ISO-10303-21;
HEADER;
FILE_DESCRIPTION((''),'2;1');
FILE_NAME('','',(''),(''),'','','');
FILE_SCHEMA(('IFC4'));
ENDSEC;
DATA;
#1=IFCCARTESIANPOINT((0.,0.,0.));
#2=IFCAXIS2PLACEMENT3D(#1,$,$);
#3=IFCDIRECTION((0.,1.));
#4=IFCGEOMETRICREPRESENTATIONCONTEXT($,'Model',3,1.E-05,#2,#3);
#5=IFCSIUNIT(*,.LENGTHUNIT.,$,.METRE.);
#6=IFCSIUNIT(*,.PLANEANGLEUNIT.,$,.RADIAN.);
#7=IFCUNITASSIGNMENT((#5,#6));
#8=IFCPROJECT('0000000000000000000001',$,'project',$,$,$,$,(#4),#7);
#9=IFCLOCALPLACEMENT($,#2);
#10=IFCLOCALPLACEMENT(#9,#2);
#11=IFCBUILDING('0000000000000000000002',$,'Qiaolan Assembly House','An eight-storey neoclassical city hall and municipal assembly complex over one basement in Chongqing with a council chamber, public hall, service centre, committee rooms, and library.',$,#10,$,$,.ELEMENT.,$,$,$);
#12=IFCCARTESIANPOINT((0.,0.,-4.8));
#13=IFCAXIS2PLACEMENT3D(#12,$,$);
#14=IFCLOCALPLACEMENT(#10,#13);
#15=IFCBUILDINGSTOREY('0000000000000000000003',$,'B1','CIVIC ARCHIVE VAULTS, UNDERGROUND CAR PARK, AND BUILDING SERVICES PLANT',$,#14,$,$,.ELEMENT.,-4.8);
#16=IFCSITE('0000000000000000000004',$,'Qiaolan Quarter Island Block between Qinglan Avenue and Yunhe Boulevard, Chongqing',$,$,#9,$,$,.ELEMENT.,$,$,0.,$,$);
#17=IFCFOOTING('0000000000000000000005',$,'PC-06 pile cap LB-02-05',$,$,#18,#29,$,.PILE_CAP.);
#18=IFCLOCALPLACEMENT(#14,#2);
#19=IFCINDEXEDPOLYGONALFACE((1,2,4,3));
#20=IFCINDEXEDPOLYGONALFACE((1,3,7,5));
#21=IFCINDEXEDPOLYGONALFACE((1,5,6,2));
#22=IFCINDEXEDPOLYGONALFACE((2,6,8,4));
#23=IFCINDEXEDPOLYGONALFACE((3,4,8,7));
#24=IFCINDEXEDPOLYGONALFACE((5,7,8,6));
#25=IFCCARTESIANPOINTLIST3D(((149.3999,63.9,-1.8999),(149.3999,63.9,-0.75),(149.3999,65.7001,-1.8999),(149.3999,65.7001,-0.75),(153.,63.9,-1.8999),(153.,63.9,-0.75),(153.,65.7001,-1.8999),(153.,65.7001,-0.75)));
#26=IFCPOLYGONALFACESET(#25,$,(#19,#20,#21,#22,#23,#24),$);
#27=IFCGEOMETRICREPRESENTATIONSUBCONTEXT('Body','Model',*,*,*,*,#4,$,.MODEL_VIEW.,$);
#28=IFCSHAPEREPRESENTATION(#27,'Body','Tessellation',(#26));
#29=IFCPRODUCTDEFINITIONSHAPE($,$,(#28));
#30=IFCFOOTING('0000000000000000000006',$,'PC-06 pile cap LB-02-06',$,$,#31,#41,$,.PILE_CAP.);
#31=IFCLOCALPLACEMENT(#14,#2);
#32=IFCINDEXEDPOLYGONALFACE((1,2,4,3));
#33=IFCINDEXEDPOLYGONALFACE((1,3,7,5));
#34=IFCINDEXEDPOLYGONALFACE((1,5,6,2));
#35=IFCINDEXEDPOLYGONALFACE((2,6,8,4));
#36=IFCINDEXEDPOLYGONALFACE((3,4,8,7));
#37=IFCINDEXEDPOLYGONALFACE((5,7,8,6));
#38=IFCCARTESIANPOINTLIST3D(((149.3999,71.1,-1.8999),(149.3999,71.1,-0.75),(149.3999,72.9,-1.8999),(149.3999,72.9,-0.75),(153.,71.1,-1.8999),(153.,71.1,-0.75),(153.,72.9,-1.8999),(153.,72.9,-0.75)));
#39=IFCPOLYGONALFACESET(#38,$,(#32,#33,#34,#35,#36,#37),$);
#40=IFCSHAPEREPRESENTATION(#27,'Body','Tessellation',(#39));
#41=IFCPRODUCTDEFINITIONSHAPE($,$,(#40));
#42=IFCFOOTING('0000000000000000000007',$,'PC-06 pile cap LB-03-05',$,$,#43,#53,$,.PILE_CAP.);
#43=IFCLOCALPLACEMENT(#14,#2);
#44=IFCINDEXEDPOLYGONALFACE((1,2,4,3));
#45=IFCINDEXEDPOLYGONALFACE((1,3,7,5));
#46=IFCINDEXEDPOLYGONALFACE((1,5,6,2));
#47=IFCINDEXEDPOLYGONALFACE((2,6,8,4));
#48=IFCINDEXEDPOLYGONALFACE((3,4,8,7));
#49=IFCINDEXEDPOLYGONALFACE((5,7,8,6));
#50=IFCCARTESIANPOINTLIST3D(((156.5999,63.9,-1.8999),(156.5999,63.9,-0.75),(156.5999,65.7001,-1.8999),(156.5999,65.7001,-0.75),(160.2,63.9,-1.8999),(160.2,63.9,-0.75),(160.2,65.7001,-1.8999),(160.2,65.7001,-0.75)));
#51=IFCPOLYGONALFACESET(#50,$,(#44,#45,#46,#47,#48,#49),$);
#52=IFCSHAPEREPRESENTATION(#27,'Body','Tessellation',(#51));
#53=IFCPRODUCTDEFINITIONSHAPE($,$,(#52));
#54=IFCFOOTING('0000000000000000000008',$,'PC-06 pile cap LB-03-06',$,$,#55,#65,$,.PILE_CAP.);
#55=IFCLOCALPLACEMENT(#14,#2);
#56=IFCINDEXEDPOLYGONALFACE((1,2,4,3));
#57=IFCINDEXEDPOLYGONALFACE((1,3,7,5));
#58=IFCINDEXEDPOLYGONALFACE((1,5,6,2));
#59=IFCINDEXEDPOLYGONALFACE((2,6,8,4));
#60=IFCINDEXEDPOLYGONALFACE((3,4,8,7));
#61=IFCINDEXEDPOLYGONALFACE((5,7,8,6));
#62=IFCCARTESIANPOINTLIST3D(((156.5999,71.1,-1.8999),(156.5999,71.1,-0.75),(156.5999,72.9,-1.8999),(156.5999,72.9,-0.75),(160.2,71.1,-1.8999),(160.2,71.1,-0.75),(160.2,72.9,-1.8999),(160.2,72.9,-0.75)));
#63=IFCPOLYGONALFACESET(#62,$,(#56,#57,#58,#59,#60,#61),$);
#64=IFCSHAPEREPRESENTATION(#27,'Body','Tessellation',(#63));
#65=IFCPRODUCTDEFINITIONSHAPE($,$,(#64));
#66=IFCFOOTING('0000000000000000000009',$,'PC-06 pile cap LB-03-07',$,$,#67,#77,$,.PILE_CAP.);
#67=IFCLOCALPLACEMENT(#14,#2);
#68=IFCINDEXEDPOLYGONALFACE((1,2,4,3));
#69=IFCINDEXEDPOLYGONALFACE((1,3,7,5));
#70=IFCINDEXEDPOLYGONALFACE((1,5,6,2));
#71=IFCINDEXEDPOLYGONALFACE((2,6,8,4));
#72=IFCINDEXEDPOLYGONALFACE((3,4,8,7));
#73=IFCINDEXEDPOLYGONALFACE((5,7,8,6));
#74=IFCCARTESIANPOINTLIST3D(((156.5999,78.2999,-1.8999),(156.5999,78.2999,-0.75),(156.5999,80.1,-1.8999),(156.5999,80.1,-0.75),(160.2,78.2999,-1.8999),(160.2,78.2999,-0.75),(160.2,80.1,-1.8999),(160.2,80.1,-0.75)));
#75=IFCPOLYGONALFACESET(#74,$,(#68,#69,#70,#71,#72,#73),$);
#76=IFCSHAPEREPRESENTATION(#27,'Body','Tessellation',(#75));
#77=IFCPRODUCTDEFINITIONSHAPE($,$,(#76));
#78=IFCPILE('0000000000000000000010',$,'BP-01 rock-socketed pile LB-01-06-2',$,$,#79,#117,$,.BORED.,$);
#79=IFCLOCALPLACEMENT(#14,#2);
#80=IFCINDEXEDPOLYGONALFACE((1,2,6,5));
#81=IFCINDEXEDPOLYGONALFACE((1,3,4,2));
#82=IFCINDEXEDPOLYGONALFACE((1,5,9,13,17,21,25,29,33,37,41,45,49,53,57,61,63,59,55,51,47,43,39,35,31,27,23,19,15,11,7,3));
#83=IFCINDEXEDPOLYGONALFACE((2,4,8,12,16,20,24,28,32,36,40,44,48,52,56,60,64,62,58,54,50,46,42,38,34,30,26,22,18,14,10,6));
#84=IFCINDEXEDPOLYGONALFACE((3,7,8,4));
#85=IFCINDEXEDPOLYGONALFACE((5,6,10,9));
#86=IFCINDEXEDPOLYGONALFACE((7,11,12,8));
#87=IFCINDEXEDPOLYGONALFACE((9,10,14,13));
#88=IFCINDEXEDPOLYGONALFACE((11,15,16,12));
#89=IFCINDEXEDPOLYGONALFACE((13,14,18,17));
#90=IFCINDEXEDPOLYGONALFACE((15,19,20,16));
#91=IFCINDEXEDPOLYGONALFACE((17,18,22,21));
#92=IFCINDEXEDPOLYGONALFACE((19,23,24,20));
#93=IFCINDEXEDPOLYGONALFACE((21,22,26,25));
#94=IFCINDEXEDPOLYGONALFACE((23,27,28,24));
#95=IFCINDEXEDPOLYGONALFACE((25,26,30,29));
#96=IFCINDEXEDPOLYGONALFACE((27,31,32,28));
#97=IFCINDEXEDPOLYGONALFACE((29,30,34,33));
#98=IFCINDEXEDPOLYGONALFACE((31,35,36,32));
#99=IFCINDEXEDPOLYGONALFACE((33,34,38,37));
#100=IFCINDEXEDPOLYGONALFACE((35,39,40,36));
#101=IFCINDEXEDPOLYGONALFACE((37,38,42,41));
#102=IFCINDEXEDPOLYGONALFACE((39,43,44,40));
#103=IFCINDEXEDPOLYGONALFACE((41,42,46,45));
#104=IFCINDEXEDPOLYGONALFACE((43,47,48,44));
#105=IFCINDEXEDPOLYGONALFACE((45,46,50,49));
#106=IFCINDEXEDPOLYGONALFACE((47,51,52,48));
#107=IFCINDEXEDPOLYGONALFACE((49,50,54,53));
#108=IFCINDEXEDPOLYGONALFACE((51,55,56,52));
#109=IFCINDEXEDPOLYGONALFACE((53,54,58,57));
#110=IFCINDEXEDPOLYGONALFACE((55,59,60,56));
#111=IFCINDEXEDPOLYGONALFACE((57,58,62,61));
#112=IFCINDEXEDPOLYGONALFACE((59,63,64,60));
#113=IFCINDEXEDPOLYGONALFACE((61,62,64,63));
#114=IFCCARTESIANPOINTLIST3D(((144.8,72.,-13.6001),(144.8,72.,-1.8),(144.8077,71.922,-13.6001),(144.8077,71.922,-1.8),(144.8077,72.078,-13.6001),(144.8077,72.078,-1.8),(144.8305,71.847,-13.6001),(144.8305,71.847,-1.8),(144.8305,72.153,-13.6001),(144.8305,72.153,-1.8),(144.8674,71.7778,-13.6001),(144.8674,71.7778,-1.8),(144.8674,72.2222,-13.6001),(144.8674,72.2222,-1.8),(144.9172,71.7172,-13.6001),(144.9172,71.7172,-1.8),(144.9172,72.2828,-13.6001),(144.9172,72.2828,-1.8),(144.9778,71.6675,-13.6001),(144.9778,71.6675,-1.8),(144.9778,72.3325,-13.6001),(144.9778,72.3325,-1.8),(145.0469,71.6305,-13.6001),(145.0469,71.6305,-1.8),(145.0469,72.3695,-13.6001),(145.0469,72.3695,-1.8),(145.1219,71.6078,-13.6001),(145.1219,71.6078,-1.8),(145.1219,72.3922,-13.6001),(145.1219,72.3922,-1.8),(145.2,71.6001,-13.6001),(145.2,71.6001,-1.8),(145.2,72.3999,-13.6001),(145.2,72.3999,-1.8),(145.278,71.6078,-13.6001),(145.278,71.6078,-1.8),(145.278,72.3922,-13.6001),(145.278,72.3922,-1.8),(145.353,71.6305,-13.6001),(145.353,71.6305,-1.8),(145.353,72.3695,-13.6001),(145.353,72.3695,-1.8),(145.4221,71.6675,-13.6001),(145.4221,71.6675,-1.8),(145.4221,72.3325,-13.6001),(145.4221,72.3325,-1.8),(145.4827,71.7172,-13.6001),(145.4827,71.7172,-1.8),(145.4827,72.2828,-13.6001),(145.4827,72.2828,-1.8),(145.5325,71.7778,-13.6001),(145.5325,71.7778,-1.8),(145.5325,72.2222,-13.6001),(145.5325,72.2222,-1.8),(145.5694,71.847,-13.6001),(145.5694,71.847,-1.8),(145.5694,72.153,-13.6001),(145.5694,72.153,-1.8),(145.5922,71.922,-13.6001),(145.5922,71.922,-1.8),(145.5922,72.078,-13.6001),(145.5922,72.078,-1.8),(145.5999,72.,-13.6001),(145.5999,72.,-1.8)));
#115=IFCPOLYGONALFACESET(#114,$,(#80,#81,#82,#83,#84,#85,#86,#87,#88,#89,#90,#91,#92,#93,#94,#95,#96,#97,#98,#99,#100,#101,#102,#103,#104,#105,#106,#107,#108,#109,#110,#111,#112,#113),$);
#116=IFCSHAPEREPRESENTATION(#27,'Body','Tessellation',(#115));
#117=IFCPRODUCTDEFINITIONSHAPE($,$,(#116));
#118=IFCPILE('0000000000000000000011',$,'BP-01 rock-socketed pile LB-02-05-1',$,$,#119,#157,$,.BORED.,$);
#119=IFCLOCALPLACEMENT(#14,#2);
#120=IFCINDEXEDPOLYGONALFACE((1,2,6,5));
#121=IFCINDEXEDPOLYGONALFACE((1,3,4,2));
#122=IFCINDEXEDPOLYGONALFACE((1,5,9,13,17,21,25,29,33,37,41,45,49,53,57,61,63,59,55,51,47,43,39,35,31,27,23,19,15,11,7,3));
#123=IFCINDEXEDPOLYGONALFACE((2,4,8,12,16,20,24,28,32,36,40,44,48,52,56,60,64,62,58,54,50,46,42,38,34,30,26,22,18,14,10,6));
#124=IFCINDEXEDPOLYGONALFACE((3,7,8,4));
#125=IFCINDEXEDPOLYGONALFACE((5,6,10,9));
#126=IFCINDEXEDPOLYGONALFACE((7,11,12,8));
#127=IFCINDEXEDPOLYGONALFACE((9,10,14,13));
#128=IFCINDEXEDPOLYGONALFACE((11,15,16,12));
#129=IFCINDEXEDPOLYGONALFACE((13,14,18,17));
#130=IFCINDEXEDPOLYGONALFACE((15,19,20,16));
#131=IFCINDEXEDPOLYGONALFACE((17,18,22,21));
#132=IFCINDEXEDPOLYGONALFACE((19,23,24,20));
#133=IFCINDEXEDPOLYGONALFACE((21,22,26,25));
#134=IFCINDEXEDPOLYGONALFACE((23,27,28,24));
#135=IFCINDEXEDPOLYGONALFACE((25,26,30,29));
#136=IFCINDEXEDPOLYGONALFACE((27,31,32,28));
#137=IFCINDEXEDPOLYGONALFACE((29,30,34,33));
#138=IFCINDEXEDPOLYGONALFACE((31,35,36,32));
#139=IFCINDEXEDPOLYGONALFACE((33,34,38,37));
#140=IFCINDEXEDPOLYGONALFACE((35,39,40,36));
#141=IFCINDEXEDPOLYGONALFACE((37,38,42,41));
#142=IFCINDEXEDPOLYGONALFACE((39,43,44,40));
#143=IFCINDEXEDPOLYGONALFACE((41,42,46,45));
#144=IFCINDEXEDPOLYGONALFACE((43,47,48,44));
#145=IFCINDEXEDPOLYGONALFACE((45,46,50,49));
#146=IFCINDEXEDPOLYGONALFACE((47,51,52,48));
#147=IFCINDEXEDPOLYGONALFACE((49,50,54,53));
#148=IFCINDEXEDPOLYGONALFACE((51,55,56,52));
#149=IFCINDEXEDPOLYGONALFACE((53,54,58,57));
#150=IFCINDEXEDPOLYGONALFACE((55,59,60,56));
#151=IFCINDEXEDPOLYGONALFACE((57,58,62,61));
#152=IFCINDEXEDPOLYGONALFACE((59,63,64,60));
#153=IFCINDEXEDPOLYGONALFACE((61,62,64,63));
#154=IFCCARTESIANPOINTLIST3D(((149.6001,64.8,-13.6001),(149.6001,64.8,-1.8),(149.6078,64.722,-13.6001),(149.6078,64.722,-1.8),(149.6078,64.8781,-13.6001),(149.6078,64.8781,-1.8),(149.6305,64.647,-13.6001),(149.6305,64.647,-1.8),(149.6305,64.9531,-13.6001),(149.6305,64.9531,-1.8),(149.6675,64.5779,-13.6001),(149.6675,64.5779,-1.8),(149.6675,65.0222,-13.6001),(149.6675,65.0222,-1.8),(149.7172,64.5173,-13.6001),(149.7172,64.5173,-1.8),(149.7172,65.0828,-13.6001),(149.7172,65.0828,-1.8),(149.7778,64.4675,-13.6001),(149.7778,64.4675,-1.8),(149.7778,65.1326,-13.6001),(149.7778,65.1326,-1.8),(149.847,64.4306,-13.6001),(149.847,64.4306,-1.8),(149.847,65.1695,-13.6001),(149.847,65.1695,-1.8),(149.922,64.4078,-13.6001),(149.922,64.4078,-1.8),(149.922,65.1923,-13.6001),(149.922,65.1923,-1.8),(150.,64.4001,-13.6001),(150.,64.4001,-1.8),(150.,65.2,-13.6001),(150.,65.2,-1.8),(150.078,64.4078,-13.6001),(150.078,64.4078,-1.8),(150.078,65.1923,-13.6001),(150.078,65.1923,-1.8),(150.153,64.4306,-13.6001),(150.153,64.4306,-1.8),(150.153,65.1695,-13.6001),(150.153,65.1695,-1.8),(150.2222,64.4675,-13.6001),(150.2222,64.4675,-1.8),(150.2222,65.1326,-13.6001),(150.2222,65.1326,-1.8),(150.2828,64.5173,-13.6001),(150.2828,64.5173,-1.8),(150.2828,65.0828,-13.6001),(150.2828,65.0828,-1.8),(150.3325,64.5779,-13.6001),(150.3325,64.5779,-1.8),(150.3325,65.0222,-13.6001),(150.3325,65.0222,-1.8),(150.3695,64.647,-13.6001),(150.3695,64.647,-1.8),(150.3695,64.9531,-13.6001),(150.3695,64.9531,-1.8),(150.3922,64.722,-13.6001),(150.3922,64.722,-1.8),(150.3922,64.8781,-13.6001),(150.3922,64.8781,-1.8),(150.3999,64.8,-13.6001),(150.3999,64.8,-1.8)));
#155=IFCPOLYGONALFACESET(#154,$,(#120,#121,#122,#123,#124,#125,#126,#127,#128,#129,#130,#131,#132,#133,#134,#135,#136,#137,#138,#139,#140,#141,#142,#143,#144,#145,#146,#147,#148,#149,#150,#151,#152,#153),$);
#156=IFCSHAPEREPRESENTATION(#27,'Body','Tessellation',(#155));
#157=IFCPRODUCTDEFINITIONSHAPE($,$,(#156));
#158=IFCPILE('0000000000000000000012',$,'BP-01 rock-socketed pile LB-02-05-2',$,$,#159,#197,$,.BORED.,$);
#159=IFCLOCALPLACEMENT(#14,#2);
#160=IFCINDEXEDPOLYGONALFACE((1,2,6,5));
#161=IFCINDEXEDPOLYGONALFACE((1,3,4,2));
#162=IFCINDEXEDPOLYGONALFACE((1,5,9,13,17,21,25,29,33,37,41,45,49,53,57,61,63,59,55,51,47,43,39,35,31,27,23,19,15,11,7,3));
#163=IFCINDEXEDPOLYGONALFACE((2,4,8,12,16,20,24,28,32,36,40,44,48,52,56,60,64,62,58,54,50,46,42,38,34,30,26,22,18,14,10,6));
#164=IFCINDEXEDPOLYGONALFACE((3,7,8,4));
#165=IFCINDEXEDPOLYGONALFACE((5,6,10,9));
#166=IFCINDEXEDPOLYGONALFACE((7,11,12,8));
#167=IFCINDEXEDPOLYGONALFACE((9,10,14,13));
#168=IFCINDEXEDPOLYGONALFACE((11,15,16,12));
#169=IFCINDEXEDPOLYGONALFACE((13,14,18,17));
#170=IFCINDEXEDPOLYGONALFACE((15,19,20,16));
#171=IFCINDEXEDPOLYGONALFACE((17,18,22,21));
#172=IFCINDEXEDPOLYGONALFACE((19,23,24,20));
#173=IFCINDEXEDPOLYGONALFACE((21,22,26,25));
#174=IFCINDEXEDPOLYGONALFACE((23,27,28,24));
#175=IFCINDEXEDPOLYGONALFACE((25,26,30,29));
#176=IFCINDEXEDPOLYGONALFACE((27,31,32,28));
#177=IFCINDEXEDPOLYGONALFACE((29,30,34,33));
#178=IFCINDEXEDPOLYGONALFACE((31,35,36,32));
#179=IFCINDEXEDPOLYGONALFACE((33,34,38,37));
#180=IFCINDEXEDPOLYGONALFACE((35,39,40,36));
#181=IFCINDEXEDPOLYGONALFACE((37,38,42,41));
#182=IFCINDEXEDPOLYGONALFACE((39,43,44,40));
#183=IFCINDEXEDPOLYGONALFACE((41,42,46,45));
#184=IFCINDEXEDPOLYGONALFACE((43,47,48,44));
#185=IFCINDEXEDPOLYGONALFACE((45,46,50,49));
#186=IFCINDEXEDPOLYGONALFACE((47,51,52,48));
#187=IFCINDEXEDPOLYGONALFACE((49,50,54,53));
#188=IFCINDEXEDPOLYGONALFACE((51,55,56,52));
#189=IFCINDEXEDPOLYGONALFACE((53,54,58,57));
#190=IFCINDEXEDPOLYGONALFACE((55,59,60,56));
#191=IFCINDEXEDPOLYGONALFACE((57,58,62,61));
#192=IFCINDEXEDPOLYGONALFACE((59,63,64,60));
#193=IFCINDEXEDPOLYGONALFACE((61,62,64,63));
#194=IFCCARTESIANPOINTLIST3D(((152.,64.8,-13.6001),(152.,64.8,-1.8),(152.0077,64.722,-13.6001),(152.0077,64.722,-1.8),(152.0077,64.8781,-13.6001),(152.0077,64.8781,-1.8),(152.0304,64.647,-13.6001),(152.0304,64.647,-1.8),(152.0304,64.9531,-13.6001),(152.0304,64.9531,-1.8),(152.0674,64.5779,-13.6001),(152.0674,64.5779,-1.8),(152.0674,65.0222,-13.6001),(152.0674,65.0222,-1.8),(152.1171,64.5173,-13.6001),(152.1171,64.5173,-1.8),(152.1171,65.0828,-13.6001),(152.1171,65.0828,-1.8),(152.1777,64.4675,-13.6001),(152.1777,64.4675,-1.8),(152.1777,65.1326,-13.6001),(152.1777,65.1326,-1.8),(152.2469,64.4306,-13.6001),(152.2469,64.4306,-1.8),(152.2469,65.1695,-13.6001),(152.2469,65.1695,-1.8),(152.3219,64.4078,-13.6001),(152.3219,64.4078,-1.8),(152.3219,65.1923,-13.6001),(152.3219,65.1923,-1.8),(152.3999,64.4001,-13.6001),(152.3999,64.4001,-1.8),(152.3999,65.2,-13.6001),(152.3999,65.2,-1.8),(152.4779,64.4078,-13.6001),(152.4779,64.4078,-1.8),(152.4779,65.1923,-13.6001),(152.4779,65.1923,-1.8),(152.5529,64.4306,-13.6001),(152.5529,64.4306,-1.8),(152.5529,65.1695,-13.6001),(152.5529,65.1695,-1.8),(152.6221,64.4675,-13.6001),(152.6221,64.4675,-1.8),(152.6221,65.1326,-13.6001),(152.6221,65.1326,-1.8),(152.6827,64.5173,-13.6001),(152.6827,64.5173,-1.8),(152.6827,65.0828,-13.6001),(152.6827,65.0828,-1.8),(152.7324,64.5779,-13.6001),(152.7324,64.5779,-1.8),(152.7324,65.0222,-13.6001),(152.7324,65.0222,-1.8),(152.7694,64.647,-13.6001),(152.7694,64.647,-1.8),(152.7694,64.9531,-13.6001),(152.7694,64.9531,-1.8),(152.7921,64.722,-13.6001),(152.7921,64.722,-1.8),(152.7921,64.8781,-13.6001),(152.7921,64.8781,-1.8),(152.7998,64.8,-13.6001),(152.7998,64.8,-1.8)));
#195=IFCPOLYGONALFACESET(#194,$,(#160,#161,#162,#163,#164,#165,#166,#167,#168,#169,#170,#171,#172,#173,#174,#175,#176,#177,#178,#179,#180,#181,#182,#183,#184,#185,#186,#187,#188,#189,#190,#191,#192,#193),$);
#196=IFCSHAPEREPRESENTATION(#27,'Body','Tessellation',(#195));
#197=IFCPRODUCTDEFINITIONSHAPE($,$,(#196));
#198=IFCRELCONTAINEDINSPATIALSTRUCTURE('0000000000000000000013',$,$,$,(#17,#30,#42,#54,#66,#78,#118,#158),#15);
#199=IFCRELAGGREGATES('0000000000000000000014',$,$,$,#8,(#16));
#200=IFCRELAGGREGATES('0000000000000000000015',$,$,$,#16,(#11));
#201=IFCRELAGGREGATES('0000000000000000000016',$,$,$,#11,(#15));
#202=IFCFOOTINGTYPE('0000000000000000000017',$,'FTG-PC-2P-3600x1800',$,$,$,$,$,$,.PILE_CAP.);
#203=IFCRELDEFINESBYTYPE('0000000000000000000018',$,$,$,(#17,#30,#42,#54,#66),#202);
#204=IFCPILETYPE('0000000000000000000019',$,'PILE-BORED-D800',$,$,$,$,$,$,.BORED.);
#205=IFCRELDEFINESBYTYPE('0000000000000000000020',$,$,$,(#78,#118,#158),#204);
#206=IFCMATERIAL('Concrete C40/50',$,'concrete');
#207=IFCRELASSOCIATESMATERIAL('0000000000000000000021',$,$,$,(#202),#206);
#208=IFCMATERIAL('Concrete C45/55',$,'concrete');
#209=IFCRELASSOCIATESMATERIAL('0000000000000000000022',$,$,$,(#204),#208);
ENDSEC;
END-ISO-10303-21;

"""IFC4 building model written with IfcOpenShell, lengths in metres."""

from ifc_helpers import new_model, si_unit, direction, frame, origin, origin_2d, place, context, subcontext, project, spatial, rectangle, circle, extrude, material, material_profile, profile_set, type_object, element, save


model = new_model("IFC4")

# Units and contexts
model_context = context("Model", 3, precision=1e-05, world=origin(), true_north=direction((0.0, 1.0)))
body_context = subcontext(model_context, "Body", "Model", "MODEL_VIEW")
ifc_project = project(units=[si_unit("LENGTHUNIT", "METRE"), si_unit("PLANEANGLEUNIT", "RADIAN")], contexts=[model_context])

# Site, building, storey
site_placement = place(None, origin())
site = spatial("IfcSite", under=ifc_project, at=site_placement, Name="Qiaolan Quarter Island Block between Qinglan Avenue and Yunhe Boulevard, Chongqing", CompositionType="ELEMENT", RefElevation=0.0)
building_placement = place(site_placement, origin())
building = spatial("IfcBuilding", under=site, at=building_placement, Name="Qiaolan Assembly House", Description="An eight-storey neoclassical city hall and municipal assembly complex over one basement in Chongqing with a council chamber, public hall, service centre, committee rooms, and library.", CompositionType="ELEMENT")
storey_placement = place(building_placement, frame((0.0, 0.0, -4.8)))
storey = spatial("IfcBuildingStorey", under=building, at=storey_placement, Name="B1", Description="CIVIC ARCHIVE VAULTS, UNDERGROUND CAR PARK, AND BUILDING SERVICES PLANT", CompositionType="ELEMENT", Elevation=-4.8)

# Footings
ifc_material_1 = material(Name="Concrete C40/50", Category="concrete")
footing_type = type_object("IfcFootingType", Name="FTG-PC-2P-3600x1800", PredefinedType="PILE_CAP", material=ifc_material_1)
for number, where, z_axis, x_axis, name in (
    (1, (151.2, 64.8, -1.8999), (0.0, 0.0, 1.0), (1.0, 0.0, 0.0), "PC-06 pile cap LB-02-05"),
    (2, (151.2, 72.0, -1.8999), (0.0, 0.0, 1.0), (1.0, 0.0, 0.0), "PC-06 pile cap LB-02-06"),
    (3, (158.3999, 64.8, -1.8999), (0.0, 0.0, 1.0), (1.0, 0.0, 0.0), "PC-06 pile cap LB-03-05"),
    (4, (158.3999, 72.0, -1.8999), (0.0, 0.0, 1.0), (1.0, 0.0, 0.0), "PC-06 pile cap LB-03-06"),
    (5, (158.3999, 79.2, -1.8999), (0.0, 0.0, 1.0), (1.0, 0.0, 0.0), "PC-06 pile cap LB-03-07"),
):
    element("IfcFooting", number, at=place(storey_placement, frame(where, z_axis=z_axis, x_axis=x_axis)), inside=storey, type_object=footing_type, Name=name, PredefinedType="PILE_CAP", context=body_context, shape_type="SweptSolid", body=[
        extrude(rectangle(XDim=3.6001, YDim=1.8, at=origin_2d()), origin(), (0.0, 0.0, 1.0), 1.1499),
    ])

# Piles
ifc_material_2 = material(Name="Concrete C45/55", Category="concrete")
ifc_material_profile_1 = material_profile(ifc_material_2, circle(Radius=0.3999, at=origin_2d()), Name="PILE D800")
ifc_profile_set_1 = profile_set([ifc_material_profile_1], Name="Concrete C45/55")
pile_type = type_object("IfcPileType", Name="PILE-BORED-D800", PredefinedType="BORED", material=ifc_profile_set_1)
for number, where, z_axis, x_axis, name in (
    (6, (145.2, 72.0, -1.8), (0.0, 0.0, -1.0), (1.0, 0.0, 0.0), "BP-01 rock-socketed pile LB-01-06-2"),
    (7, (150.0, 64.8, -1.8), (0.0, 0.0, -1.0), (1.0, 0.0, 0.0), "BP-01 rock-socketed pile LB-02-05-1"),
    (8, (152.3999, 64.8, -1.8), (0.0, 0.0, -1.0), (1.0, 0.0, 0.0), "BP-01 rock-socketed pile LB-02-05-2"),
):
    element("IfcPile", number, at=place(storey_placement, frame(where, z_axis=z_axis, x_axis=x_axis)), inside=storey, type_object=pile_type, Name=name, PredefinedType="BORED", context=body_context, shape_type="SweptSolid", body=[
        extrude(circle(Radius=0.3999, at=origin_2d()), origin(), (0.0, 0.0, 1.0), 11.8),
    ])

save(model, "model.ifc")
